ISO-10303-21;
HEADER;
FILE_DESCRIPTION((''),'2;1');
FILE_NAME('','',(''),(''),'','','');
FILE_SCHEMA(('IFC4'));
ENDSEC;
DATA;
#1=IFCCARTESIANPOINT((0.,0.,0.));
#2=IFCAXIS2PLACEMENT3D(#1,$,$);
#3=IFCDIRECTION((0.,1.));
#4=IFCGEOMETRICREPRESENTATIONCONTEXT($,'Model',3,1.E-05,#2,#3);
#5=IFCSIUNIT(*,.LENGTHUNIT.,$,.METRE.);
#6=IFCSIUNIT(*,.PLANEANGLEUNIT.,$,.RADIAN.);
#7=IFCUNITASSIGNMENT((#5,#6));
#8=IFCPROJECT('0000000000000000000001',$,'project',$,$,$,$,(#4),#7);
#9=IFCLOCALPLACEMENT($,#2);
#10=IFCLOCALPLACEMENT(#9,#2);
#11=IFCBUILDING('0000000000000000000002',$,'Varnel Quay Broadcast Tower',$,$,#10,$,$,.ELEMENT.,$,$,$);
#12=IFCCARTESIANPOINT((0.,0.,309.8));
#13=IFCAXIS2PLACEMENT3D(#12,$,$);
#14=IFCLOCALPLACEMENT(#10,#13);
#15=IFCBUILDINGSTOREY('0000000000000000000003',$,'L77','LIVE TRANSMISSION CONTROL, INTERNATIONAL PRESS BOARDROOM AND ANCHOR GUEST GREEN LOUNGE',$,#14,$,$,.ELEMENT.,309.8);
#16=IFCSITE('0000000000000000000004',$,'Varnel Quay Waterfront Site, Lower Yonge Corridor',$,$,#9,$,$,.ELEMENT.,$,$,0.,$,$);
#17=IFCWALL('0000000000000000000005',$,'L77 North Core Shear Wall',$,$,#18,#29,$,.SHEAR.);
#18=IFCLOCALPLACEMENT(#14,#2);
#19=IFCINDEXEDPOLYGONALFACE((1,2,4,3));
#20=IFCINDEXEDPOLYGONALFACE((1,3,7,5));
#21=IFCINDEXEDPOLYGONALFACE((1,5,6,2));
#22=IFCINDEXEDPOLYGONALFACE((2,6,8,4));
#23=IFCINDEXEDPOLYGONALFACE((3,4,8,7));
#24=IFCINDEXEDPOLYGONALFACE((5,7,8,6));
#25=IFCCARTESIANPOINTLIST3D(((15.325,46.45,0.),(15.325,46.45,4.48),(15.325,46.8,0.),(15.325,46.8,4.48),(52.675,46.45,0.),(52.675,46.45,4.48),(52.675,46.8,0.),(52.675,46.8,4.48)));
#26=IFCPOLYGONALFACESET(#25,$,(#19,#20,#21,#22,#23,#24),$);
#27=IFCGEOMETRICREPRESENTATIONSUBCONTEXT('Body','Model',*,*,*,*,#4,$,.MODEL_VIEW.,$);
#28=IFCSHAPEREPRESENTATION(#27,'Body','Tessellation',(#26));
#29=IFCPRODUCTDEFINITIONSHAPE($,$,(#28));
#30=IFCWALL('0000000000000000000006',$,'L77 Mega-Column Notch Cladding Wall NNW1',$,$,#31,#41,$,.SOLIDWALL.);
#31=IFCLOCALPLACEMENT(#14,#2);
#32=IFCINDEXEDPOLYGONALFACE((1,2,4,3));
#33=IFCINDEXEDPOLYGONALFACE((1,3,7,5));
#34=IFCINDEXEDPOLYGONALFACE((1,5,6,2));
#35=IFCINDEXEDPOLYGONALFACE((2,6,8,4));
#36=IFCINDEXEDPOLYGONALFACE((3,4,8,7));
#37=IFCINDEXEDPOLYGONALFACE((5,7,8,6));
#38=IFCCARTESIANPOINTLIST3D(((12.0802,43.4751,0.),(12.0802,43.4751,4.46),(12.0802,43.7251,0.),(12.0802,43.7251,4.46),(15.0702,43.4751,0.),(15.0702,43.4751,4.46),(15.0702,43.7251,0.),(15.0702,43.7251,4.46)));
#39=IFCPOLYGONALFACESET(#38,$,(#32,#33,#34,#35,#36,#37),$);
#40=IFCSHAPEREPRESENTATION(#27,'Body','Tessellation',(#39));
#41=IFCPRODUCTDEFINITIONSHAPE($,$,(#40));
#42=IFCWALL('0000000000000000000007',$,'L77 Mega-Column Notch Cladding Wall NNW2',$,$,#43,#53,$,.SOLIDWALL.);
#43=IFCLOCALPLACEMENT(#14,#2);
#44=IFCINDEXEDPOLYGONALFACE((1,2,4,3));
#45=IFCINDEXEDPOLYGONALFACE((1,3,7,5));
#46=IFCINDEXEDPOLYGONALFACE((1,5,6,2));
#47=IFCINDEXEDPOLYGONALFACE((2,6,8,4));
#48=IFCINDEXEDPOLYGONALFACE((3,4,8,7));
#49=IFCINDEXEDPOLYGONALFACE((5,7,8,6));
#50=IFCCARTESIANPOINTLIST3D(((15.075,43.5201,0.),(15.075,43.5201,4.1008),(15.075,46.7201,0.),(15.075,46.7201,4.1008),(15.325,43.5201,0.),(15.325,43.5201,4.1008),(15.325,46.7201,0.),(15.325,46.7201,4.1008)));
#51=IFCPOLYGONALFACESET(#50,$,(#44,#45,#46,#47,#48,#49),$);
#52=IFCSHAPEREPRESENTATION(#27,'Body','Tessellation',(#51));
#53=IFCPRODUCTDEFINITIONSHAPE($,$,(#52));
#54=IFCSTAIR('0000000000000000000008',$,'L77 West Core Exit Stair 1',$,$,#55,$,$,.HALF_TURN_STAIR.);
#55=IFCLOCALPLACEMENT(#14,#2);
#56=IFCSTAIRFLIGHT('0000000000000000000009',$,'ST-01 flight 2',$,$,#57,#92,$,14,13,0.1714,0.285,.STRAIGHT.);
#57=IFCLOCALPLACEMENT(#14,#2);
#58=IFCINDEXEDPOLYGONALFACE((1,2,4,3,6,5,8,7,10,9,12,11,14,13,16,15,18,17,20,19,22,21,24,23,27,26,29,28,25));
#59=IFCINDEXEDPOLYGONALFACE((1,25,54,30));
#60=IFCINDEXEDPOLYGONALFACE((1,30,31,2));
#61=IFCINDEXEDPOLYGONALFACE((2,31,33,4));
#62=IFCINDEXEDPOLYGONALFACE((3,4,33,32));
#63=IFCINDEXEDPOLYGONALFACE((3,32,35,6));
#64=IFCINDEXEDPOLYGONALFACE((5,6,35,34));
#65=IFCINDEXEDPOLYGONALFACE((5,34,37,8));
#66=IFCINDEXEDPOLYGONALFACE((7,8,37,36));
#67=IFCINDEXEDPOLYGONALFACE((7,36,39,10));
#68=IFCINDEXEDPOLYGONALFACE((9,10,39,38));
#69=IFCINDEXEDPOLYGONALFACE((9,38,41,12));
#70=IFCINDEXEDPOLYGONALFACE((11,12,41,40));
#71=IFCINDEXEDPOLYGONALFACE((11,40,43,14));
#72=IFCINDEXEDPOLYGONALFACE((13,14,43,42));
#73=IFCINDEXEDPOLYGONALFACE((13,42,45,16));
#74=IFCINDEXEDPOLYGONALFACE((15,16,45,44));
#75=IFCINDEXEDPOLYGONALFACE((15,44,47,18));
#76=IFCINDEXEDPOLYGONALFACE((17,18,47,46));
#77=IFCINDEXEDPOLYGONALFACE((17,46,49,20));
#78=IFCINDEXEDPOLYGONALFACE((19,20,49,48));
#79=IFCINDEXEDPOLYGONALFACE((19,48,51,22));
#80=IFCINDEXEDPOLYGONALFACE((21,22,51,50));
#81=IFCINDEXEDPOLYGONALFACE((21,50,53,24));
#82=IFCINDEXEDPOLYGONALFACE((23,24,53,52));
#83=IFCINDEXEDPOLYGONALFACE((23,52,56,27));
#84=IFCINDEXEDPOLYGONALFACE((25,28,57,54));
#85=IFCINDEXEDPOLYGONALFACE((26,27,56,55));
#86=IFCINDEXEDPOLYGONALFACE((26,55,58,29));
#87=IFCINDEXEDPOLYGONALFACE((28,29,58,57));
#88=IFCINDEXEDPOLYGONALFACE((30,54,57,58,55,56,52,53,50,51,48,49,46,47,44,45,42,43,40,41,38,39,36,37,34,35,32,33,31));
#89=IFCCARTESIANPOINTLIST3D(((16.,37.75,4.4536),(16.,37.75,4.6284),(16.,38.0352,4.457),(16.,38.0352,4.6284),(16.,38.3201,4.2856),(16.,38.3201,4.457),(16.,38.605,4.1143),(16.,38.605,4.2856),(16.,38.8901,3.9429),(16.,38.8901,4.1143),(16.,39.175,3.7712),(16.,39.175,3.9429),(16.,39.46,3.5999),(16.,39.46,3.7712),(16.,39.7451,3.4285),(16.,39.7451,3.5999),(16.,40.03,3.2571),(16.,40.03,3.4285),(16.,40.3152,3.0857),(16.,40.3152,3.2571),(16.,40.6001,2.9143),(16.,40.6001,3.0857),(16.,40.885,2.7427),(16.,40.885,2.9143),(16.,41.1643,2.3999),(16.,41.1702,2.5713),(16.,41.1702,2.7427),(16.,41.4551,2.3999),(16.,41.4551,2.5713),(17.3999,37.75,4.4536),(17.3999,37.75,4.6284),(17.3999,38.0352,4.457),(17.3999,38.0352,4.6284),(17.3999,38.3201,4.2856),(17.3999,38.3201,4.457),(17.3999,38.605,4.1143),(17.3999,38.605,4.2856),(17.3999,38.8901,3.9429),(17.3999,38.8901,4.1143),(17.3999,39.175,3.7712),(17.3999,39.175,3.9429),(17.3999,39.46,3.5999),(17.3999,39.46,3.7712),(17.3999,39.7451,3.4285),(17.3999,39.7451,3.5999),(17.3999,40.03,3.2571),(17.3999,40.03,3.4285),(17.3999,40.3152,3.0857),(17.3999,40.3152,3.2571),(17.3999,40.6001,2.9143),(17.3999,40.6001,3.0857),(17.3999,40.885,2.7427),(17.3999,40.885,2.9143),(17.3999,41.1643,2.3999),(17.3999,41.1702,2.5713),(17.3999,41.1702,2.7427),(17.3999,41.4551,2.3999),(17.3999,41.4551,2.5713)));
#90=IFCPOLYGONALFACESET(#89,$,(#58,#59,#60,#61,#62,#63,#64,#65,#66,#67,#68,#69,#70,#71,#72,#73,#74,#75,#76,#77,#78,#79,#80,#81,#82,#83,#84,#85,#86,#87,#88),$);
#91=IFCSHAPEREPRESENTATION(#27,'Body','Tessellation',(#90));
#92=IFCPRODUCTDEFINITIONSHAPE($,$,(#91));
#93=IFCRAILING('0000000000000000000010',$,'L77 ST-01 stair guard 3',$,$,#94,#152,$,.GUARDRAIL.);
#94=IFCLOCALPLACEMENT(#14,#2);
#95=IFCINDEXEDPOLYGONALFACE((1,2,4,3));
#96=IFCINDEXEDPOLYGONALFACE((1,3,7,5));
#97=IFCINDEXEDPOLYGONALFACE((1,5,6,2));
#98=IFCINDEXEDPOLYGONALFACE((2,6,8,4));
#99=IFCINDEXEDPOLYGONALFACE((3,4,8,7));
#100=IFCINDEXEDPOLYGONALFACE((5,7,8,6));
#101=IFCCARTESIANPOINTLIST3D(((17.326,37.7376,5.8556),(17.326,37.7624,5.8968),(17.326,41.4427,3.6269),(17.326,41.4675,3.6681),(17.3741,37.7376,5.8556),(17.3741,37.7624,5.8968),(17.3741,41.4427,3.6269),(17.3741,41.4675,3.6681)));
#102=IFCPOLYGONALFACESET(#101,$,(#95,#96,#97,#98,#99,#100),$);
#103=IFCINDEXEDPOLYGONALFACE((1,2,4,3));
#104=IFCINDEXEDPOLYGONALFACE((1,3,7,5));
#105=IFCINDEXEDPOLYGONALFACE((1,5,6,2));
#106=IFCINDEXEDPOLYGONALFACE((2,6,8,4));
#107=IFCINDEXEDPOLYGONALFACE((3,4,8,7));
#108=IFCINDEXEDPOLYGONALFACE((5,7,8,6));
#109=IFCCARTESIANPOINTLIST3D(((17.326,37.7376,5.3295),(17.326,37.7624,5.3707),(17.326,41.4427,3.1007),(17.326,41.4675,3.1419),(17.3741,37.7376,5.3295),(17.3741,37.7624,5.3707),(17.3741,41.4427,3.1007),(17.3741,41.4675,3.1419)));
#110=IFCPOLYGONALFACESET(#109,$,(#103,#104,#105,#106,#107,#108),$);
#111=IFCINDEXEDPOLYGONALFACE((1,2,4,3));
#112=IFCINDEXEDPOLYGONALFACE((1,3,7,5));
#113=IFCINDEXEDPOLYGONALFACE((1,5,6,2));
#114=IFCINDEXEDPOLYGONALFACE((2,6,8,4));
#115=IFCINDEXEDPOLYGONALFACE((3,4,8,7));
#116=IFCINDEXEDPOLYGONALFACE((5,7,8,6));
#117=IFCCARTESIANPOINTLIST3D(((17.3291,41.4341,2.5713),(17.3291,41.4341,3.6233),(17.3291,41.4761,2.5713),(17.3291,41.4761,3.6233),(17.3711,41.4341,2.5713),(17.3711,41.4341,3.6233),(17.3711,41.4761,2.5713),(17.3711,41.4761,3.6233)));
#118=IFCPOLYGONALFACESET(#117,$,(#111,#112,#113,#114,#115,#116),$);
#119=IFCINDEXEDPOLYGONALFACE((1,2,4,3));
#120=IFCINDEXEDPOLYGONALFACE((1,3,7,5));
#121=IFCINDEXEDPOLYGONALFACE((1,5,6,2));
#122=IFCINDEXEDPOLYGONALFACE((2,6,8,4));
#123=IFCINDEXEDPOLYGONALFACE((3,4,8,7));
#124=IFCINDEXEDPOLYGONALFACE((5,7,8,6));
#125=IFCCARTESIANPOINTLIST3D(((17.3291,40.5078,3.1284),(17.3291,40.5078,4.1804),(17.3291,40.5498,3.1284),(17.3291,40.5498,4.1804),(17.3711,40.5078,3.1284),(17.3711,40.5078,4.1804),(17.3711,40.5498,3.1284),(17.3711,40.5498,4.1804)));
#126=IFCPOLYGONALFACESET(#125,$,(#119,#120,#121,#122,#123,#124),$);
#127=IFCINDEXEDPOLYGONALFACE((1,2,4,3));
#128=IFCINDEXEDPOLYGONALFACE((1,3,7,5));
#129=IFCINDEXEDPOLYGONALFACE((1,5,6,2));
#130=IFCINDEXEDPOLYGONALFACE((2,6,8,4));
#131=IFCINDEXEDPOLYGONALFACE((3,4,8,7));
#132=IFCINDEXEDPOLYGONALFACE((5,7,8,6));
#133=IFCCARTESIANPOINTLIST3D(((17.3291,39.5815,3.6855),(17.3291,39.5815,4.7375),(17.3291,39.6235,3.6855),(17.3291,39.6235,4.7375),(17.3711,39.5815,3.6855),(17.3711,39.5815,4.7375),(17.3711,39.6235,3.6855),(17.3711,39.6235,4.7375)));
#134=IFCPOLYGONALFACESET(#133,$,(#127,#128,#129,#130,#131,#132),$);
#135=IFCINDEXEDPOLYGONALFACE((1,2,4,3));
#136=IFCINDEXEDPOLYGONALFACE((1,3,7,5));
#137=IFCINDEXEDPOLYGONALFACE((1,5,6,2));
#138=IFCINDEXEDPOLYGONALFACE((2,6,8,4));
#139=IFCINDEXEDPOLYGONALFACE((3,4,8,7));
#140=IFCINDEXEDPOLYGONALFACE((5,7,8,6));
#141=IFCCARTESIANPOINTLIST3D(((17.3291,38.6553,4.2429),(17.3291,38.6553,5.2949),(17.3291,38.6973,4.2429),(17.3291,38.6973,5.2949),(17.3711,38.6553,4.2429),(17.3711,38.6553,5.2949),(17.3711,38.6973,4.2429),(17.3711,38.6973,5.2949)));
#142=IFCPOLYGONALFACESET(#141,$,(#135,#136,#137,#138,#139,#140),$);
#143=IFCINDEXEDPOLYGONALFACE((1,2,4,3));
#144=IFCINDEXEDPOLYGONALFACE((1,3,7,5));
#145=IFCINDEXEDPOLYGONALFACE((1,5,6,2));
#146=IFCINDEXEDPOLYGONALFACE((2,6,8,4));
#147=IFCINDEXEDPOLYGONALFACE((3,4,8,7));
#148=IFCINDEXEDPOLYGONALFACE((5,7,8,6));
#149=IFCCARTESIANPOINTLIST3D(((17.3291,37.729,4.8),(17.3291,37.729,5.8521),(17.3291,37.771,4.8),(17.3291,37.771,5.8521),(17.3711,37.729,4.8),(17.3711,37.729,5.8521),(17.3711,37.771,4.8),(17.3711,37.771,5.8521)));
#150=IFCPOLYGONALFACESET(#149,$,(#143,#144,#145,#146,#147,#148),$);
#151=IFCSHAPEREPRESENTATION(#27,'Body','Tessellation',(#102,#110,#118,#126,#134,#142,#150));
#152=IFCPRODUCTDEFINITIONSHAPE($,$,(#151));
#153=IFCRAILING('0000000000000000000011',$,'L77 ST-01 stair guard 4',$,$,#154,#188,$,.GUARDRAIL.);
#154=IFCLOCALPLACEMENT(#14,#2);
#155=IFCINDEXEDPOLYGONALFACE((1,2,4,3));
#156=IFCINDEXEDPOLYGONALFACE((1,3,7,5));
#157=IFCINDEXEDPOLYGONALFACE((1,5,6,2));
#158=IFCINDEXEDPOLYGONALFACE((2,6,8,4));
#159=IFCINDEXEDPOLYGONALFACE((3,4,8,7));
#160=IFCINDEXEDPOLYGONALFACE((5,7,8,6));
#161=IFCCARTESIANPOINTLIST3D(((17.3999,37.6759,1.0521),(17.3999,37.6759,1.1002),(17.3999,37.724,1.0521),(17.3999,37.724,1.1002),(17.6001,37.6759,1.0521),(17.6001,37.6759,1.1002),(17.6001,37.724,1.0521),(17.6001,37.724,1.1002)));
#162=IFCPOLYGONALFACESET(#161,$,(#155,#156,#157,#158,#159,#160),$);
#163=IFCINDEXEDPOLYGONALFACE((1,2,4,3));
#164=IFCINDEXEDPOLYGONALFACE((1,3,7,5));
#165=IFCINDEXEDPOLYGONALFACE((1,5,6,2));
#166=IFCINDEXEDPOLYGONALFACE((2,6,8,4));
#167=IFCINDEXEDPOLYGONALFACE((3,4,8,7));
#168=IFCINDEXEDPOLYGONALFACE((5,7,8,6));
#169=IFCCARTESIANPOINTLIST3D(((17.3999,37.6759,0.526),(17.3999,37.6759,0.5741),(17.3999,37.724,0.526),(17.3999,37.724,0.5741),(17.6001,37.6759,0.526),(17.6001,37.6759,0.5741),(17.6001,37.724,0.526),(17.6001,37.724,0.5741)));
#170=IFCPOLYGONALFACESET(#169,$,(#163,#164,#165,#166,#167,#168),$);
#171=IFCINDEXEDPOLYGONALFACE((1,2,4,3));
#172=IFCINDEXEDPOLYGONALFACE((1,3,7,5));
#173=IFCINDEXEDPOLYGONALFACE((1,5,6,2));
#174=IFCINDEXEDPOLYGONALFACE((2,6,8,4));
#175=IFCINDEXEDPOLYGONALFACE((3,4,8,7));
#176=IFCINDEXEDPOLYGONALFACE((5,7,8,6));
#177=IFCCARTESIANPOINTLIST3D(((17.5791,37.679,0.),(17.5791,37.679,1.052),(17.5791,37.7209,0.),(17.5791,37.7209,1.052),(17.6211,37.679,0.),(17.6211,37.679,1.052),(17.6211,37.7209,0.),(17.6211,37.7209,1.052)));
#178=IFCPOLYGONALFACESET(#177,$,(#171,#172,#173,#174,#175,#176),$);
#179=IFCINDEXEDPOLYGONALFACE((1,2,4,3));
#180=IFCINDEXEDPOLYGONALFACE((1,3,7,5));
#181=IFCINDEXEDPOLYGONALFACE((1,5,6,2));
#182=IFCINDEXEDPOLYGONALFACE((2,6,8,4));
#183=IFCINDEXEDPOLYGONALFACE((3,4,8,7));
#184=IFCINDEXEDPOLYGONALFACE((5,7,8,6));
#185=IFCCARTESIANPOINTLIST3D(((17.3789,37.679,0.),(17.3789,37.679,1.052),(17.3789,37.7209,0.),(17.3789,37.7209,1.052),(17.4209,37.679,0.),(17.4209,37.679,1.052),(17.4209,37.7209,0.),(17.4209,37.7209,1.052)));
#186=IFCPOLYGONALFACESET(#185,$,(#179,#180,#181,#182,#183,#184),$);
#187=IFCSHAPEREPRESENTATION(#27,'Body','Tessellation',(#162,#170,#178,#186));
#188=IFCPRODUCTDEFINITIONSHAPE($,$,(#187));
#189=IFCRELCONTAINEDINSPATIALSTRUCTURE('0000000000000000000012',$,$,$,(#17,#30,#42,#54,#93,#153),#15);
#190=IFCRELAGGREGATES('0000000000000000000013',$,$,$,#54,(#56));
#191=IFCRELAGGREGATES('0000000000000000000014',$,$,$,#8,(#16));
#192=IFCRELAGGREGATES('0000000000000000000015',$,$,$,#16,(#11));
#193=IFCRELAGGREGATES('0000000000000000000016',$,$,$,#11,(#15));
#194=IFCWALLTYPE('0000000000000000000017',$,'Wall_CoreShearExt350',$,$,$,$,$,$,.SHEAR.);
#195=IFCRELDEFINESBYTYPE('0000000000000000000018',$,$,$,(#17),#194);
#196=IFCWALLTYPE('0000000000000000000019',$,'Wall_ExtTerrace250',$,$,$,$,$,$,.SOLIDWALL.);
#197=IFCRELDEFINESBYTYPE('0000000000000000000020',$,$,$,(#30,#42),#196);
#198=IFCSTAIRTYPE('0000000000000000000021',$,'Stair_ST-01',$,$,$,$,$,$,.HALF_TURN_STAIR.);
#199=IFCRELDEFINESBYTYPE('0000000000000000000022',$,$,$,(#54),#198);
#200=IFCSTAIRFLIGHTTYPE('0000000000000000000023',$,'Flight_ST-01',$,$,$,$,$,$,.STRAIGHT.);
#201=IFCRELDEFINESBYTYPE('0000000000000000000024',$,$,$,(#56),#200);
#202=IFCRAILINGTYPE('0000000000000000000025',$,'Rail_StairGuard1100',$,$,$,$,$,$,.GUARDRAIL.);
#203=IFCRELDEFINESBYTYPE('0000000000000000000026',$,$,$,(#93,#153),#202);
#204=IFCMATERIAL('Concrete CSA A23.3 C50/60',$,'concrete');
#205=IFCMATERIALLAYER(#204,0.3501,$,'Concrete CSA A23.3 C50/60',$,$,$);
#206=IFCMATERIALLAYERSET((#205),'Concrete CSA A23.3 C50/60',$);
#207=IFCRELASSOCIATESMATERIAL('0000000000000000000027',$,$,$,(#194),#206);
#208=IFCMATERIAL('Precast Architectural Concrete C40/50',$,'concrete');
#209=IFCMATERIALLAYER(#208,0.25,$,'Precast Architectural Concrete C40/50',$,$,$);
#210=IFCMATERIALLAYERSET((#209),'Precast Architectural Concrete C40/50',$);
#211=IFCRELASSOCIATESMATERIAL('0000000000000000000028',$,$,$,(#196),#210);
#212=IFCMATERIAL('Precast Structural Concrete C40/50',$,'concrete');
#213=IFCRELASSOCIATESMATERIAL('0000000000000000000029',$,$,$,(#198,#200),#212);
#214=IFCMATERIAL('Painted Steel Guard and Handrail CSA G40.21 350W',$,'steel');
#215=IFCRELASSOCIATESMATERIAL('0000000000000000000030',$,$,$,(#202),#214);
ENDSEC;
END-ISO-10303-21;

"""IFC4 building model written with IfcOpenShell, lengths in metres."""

from ifc_helpers import new_model, si_unit, direction, frame, frame_2d, origin, origin_2d, place, context, subcontext, project, spatial, polyline, rectangle, outline, extrude, material, layer, layer_set, type_object, element, aggregate, save


model = new_model("IFC4")

# Units and contexts
model_context = context("Model", 3, precision=1e-05, world=origin(), true_north=direction((0.0, 1.0)))
body_context = subcontext(model_context, "Body", "Model", "MODEL_VIEW")
ifc_project = project(units=[si_unit("LENGTHUNIT", "METRE"), si_unit("PLANEANGLEUNIT", "RADIAN")], contexts=[model_context])

# Site, building, storey
site_placement = place(None, origin())
site = spatial("IfcSite", under=ifc_project, at=site_placement, Name="Varnel Quay Waterfront Site, Lower Yonge Corridor", CompositionType="ELEMENT", RefElevation=0.0)
building_placement = place(site_placement, origin())
building = spatial("IfcBuilding", under=site, at=building_placement, Name="Varnel Quay Broadcast Tower", CompositionType="ELEMENT")
storey_placement = place(building_placement, frame((0.0, 0.0, 309.8)))
storey = spatial("IfcBuildingStorey", under=building, at=storey_placement, Name="L77", Description="LIVE TRANSMISSION CONTROL, INTERNATIONAL PRESS BOARDROOM AND ANCHOR GUEST GREEN LOUNGE", CompositionType="ELEMENT", Elevation=309.8)

# Walls
ifc_material_1 = material(Name="Concrete CSA A23.3 C50/60", Category="concrete")
ifc_layer_1 = layer(ifc_material_1, 0.3501, Name="Concrete CSA A23.3 C50/60")
ifc_layer_set_1 = layer_set([ifc_layer_1], Name="Concrete CSA A23.3 C50/60")
wall_type_1 = type_object("IfcWallType", Name="Wall_CoreShearExt350", PredefinedType="SHEAR", material=ifc_layer_set_1)
wall_1_placement = place(storey_placement, frame((15.325, 46.625, 0.0), z_axis=(0.0, 0.0, 1.0), x_axis=(1.0, 0.0, 0.0)))
element("IfcWall", 1, at=wall_1_placement, inside=storey, type_object=wall_type_1, Name="L77 North Core Shear Wall", PredefinedType="SHEAR", context=body_context, shape_type="SweptSolid", body=[
    extrude(rectangle(XDim=37.3501, YDim=0.3501, at=frame_2d((18.675, 0.0))), origin(), (0.0, 0.0, 1.0), 4.48),
])
ifc_material_2 = material(Name="Precast Architectural Concrete C40/50", Category="concrete")
ifc_layer_2 = layer(ifc_material_2, 0.25, Name="Precast Architectural Concrete C40/50")
ifc_layer_set_2 = layer_set([ifc_layer_2], Name="Precast Architectural Concrete C40/50")
wall_type_2 = type_object("IfcWallType", Name="Wall_ExtTerrace250", PredefinedType="SOLIDWALL", material=ifc_layer_set_2)
wall_2_placement = place(storey_placement, frame((12.0801, 43.6001, 0.0), z_axis=(0.0, 0.0, 1.0), x_axis=(1.0, 0.0, 0.0)))
element("IfcWall", 2, at=wall_2_placement, inside=storey, type_object=wall_type_2, Name="L77 Mega-Column Notch Cladding Wall NNW1", PredefinedType="SOLIDWALL", context=body_context, shape_type="SweptSolid", body=[
    extrude(rectangle(XDim=2.99, YDim=0.25, at=frame_2d((1.4951, 0.0))), origin(), (0.0, 0.0, 1.0), 4.46),
])
wall_3_placement = place(storey_placement, frame((15.2, 43.52, 0.0), z_axis=(0.0, 0.0, 1.0), x_axis=(0.0, 1.0, 0.0)))
element("IfcWall", 3, at=wall_3_placement, inside=storey, type_object=wall_type_2, Name="L77 Mega-Column Notch Cladding Wall NNW2", PredefinedType="SOLIDWALL", context=body_context, shape_type="SweptSolid", body=[
    extrude(rectangle(XDim=3.2, YDim=0.25, at=frame_2d((1.6001, 0.0))), origin(), (0.0, 0.0, 1.0), 4.1008),
])

# Stair, stair flight
ifc_material_3 = material(Name="Precast Structural Concrete C40/50", Category="concrete")
stair_type = type_object("IfcStairType", Name="Stair_ST-01", PredefinedType="HALF_TURN_STAIR", material=ifc_material_3)
stair_placement = place(storey_placement, origin())
stair = element("IfcStair", 4, at=stair_placement, inside=storey, type_object=stair_type, Name="L77 West Core Exit Stair 1", PredefinedType="HALF_TURN_STAIR")
stair_flight_type = type_object("IfcStairFlightType", Name="Flight_ST-01", PredefinedType="STRAIGHT", material=ifc_material_3)
stair_flight_placement = place(storey_placement, frame((16.7, 41.4551, 2.3999), z_axis=(0.0, 0.0, 1.0), x_axis=(0.0, -1.0, 0.0)))
stair_flight = element("IfcStairFlight", 5, at=stair_flight_placement, type_object=stair_flight_type, Name="ST-01 flight 2", NumberOfRisers=14, NumberOfTreads=13, PredefinedType="STRAIGHT", RiserHeight=0.1714, TreadLength=0.285, context=body_context, shape_type="SweptSolid", body=[
    extrude(outline(polyline([(0.0, 0.0), (0.0, 0.1714), (0.2849, 0.1714), (0.2849, 0.3428), (0.5701, 0.3428), (0.5701, 0.5144), (0.855, 0.5144), (0.855, 0.6858), (1.1399, 0.6858), (1.1399, 0.8572), (1.425, 0.8572), (1.425, 1.0286), (1.71, 1.0286), (1.71, 1.2), (1.9951, 1.2), (1.9951, 1.3713), (2.28, 1.3713), (2.28, 1.543), (2.5649, 1.543), (2.5649, 1.7144), (2.8501, 1.7144), (2.8501, 1.8857), (3.135, 1.8857), (3.135, 2.0571), (3.4199, 2.0571), (3.4199, 2.2285), (3.7051, 2.2285), (3.7051, 2.3999), (3.7051, 2.0537), (0.2908, 0.0), (0.0, 0.0)])), frame((0.0, 0.7, 0.0), z_axis=(0.0, -1.0, 0.0), x_axis=(1.0, 0.0, 0.0)), (0.0, 0.0, 1.0), 1.3999),
])
aggregate(stair, [stair_flight])

# Railings
ifc_material_4 = material(Name="Painted Steel Guard and Handrail CSA G40.21 350W", Category="steel")
railing_type_1 = type_object("IfcRailingType", Name="Rail_StairGuard1100", PredefinedType="GUARDRAIL", material=ifc_material_4)
railing_1_placement = place(storey_placement, frame((17.3501, 41.4551, 2.5713)))
element("IfcRailing", 6, at=railing_1_placement, inside=storey, type_object=railing_type_1, Name="L77 ST-01 stair guard 3", PredefinedType="GUARDRAIL", context=body_context, shape_type="SweptSolid", body=[
    extrude(rectangle(XDim=0.0481, YDim=0.0481, at=origin_2d()), frame((0.0, 0.0, 1.0762), z_axis=(0.0, -0.856909, 0.515467), x_axis=(1.0, 0.0, 0.0)), (0.0, 0.0, 1.0), 4.3237),
    extrude(rectangle(XDim=0.0481, YDim=0.0481, at=origin_2d()), frame((0.0, 0.0, 0.55), z_axis=(0.0, -0.856909, 0.515467), x_axis=(1.0, 0.0, 0.0)), (0.0, 0.0, 1.0), 4.3237),
    extrude(rectangle(XDim=0.042, YDim=0.042, at=origin_2d()), origin(), (0.0, 0.0, 1.0), 1.052),
    extrude(rectangle(XDim=0.042, YDim=0.042, at=origin_2d()), frame((0.0, -0.9263, 0.5571)), (0.0, 0.0, 1.0), 1.052),
    extrude(rectangle(XDim=0.042, YDim=0.042, at=origin_2d()), frame((0.0, -1.8525, 1.1143)), (0.0, 0.0, 1.0), 1.052),
    extrude(rectangle(XDim=0.042, YDim=0.042, at=origin_2d()), frame((0.0, -2.7788, 1.6716)), (0.0, 0.0, 1.0), 1.052),
    extrude(rectangle(XDim=0.042, YDim=0.042, at=origin_2d()), frame((0.0, -3.7051, 2.2288)), (0.0, 0.0, 1.0), 1.052),
])
railing_2_placement = place(storey_placement, frame((17.6001, 37.7, 0.0)))
element("IfcRailing", 7, at=railing_2_placement, inside=storey, type_object=railing_type_1, Name="L77 ST-01 stair guard 4", PredefinedType="GUARDRAIL", context=body_context, shape_type="SweptSolid", body=[
    extrude(rectangle(XDim=0.0481, YDim=0.0481, at=origin_2d()), frame((0.0, 0.0, 1.0762), z_axis=(-1.0, 0.0, 0.0), x_axis=(0.0, -1.0, 0.0)), (0.0, 0.0, 1.0), 0.2002),
    extrude(rectangle(XDim=0.0481, YDim=0.0481, at=origin_2d()), frame((0.0, 0.0, 0.55), z_axis=(-1.0, 0.0, 0.0), x_axis=(0.0, -1.0, 0.0)), (0.0, 0.0, 1.0), 0.2002),
    extrude(rectangle(XDim=0.042, YDim=0.042, at=origin_2d()), origin(), (0.0, 0.0, 1.0), 1.052),
    extrude(rectangle(XDim=0.042, YDim=0.042, at=origin_2d()), frame((-0.2002, 0.0, 0.0)), (0.0, 0.0, 1.0), 1.052),
])

save(model, "model.ifc")
